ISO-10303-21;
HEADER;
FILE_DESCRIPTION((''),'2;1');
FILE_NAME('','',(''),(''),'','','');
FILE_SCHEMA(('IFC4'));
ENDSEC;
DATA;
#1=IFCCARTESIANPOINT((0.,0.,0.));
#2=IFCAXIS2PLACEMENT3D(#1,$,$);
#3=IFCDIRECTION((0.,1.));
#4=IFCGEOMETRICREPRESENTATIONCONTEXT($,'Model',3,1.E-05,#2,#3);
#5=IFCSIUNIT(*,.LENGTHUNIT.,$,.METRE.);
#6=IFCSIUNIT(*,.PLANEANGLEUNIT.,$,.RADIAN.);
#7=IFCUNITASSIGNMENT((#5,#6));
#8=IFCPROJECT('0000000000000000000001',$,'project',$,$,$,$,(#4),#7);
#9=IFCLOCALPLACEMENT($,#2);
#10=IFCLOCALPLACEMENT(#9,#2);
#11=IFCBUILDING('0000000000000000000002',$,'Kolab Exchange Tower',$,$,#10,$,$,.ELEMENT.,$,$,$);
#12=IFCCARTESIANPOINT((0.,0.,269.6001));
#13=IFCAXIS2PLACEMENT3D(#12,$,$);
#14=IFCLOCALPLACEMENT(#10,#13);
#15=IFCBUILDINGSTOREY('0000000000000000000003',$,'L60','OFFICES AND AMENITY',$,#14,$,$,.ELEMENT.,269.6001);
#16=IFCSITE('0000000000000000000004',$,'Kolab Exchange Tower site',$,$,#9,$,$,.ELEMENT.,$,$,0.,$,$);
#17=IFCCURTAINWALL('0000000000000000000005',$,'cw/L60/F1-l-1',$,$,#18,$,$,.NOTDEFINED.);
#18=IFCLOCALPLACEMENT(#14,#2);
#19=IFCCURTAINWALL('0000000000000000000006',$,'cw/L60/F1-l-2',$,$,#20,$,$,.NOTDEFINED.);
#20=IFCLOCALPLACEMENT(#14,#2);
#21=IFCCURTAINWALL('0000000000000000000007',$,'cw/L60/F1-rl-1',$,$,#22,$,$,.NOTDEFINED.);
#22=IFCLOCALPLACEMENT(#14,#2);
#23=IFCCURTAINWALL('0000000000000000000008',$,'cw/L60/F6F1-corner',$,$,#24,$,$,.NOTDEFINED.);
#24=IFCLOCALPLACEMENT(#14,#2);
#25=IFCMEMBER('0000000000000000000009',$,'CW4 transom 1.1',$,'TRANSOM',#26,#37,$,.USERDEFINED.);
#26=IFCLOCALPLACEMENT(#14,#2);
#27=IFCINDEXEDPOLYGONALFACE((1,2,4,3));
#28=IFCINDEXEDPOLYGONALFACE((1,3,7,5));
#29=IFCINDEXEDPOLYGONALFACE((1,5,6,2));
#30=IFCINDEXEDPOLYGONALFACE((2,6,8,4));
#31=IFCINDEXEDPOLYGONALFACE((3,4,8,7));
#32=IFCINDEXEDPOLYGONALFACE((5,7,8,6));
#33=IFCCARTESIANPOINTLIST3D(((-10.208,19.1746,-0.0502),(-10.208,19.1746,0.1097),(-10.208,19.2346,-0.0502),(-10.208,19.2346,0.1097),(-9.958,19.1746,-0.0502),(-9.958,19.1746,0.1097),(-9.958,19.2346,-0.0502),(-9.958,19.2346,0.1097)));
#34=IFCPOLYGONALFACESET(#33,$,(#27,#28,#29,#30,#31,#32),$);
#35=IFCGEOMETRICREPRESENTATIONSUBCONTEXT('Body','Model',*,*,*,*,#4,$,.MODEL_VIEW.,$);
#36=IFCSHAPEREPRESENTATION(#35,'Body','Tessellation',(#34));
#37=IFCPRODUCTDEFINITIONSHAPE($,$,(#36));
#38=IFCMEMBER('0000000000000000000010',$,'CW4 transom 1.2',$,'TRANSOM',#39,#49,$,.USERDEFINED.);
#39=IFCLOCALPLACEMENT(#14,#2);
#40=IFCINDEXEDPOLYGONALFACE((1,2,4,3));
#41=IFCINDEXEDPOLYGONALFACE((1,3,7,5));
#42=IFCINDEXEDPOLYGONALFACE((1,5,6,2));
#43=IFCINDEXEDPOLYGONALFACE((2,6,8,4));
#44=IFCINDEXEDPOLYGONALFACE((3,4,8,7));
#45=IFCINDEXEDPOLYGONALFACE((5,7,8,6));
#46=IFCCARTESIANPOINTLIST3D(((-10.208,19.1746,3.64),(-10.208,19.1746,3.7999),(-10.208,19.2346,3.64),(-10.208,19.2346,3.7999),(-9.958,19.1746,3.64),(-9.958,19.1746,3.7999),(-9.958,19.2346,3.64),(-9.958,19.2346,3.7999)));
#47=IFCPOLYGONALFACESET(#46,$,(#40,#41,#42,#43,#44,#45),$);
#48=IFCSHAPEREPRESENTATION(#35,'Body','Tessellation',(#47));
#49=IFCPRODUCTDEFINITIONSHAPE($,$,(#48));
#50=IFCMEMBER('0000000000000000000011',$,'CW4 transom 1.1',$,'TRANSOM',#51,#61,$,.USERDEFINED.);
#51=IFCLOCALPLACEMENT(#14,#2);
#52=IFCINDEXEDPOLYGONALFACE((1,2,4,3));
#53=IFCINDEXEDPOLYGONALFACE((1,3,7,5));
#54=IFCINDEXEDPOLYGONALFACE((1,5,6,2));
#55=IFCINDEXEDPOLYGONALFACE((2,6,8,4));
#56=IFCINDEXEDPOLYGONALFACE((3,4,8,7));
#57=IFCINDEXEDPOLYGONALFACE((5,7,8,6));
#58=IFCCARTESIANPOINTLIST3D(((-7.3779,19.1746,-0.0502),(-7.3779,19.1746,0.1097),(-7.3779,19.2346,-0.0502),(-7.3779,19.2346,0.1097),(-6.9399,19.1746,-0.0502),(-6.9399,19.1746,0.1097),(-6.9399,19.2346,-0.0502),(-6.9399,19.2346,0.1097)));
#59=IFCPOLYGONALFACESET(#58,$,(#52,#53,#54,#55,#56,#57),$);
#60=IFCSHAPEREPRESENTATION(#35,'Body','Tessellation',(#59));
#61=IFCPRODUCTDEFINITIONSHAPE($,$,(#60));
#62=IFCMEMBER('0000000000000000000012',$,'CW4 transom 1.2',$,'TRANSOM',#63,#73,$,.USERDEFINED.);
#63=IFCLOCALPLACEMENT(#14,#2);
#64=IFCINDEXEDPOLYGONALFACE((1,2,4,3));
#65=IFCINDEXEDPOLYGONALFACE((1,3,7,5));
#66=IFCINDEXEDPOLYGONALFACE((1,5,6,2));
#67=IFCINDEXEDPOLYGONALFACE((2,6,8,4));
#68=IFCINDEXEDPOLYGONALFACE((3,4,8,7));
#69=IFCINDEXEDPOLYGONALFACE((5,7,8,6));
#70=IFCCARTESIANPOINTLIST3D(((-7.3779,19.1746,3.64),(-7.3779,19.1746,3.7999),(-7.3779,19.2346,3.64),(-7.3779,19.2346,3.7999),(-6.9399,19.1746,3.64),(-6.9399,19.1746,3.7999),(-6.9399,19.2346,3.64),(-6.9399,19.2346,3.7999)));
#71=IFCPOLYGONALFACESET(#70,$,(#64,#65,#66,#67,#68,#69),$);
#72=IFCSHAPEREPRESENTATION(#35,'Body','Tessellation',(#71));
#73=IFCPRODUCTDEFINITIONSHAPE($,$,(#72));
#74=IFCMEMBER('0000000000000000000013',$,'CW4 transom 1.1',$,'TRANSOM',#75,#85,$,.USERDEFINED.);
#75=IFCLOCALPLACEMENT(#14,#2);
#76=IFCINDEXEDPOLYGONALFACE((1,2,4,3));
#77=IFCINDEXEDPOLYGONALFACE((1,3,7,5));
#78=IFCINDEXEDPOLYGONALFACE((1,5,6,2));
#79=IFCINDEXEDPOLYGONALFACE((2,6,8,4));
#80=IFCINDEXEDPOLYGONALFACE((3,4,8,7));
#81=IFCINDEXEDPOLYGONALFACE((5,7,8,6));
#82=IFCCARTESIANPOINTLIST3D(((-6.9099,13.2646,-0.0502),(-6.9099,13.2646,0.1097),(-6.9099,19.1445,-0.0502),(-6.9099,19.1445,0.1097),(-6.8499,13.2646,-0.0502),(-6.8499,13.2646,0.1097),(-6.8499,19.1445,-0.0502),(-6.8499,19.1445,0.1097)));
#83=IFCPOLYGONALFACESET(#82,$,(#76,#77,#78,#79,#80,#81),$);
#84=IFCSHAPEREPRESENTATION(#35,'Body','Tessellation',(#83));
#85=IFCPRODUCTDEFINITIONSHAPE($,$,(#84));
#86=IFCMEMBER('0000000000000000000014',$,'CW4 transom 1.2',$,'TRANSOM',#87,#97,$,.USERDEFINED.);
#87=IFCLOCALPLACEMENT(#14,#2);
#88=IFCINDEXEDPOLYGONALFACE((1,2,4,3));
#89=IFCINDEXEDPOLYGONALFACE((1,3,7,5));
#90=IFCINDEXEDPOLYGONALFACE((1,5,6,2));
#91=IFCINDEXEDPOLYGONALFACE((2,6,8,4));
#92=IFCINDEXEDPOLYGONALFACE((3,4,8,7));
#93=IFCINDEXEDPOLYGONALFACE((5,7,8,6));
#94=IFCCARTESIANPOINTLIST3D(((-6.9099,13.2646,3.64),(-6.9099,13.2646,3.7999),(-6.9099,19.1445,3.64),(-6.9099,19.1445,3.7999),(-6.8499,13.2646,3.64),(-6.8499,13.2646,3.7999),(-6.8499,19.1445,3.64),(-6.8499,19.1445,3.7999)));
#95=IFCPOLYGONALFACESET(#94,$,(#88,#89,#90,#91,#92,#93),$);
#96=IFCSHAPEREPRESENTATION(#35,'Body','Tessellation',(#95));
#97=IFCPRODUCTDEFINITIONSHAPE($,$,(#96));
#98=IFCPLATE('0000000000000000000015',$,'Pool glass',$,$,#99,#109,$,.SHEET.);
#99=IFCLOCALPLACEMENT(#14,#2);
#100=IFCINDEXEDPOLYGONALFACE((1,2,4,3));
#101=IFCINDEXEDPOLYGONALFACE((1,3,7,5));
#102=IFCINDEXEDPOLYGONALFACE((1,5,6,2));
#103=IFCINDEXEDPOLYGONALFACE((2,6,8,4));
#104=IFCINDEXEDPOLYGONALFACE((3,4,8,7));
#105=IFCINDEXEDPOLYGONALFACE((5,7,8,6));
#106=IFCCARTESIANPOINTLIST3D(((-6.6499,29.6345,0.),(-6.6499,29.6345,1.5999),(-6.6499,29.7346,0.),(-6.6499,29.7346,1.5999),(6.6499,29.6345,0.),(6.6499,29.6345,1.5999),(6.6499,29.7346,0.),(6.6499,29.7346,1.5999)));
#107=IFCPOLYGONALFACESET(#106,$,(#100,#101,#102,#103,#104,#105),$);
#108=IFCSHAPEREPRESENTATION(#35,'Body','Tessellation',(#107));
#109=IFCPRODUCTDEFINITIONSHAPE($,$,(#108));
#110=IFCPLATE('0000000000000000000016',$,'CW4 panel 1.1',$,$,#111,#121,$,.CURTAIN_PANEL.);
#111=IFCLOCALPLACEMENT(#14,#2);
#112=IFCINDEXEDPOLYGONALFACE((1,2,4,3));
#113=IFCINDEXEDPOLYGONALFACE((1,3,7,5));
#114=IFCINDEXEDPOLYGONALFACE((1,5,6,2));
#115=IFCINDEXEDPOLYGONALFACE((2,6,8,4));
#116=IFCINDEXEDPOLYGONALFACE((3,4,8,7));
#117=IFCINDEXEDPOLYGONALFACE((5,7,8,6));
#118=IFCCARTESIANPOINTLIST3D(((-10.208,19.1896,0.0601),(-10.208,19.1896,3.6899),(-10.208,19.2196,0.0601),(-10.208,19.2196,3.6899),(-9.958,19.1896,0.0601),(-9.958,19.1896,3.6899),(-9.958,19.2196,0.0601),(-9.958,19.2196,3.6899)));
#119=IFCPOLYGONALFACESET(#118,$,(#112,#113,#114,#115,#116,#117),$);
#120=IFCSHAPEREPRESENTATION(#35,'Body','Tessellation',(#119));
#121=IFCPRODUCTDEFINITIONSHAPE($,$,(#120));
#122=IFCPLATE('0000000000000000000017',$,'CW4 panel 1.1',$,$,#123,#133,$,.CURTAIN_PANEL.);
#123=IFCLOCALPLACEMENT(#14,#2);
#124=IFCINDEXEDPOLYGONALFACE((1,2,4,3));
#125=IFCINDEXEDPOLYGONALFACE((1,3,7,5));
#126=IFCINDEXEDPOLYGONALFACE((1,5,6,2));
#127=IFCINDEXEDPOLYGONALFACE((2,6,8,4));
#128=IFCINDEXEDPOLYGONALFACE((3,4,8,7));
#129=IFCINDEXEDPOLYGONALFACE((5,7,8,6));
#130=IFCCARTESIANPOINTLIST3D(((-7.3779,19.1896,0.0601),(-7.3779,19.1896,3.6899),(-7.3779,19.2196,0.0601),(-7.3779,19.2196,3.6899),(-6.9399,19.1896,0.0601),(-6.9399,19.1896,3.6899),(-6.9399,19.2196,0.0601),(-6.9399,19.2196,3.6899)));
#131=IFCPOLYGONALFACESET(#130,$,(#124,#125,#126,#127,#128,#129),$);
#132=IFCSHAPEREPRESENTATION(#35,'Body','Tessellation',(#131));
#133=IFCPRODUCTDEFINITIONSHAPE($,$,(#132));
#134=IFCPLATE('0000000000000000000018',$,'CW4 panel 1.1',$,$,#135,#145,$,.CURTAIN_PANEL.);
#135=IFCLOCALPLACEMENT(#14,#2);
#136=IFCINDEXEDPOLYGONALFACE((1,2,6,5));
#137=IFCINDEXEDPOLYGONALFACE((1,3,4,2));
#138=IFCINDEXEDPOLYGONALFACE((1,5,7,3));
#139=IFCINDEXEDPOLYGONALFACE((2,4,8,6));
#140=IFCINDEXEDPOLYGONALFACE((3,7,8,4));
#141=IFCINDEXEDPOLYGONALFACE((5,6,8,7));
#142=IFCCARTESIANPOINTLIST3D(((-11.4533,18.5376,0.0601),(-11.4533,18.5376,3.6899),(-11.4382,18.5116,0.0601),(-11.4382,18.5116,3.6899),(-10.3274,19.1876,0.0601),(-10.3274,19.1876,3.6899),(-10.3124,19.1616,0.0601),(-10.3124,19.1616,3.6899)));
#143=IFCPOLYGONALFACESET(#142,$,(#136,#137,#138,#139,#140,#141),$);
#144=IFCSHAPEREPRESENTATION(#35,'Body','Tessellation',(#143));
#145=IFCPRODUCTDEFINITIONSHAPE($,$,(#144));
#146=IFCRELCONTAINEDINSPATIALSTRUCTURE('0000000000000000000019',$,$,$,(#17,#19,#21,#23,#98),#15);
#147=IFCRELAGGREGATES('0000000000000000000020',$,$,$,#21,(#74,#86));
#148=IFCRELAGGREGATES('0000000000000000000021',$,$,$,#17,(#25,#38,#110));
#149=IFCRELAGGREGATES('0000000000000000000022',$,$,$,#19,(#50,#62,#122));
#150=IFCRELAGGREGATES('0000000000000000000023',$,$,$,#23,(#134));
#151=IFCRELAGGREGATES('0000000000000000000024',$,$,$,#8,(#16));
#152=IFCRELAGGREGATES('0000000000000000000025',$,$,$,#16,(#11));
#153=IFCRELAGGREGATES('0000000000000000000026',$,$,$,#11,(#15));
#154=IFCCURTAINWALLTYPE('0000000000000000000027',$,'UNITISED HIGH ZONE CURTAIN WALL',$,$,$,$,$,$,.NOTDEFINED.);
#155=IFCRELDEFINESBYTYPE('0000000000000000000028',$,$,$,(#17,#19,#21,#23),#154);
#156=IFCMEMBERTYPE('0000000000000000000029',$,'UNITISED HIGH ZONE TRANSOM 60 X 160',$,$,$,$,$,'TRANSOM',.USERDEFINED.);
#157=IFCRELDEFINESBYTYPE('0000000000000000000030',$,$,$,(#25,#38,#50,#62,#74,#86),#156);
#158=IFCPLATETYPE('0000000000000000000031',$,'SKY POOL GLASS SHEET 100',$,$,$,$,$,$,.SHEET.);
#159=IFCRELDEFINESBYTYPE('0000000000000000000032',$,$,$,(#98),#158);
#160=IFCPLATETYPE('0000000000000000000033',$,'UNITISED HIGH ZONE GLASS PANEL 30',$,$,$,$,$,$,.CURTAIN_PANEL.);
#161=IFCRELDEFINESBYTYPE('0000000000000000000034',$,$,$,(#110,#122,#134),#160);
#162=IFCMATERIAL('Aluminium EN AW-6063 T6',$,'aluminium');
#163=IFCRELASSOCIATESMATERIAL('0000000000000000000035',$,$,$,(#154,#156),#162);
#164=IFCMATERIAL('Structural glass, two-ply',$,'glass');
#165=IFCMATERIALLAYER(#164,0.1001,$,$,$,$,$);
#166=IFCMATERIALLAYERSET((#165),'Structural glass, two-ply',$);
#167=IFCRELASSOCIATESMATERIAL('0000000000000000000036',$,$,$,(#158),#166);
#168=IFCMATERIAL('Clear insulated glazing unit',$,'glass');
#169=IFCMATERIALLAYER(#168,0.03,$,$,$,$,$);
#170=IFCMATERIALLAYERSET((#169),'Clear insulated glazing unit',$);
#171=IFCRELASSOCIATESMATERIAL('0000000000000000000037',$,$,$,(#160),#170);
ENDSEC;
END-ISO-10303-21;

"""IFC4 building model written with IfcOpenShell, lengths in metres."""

from ifc_helpers import new_model, si_unit, direction, frame, origin, origin_2d, place, context, subcontext, project, spatial, polyline, rectangle, outline, extrude, material, layer, layer_set, material_profile, profile_set, type_object, element, aggregate, save


model = new_model("IFC4")

# Units and contexts
model_context = context("Model", 3, precision=1e-05, world=origin(), true_north=direction((0.0, 1.0)))
body_context = subcontext(model_context, "Body", "Model", "MODEL_VIEW")
ifc_project = project(units=[si_unit("LENGTHUNIT", "METRE"), si_unit("PLANEANGLEUNIT", "RADIAN")], contexts=[model_context])

# Site, building, storey
site_placement = place(None, origin())
site = spatial("IfcSite", under=ifc_project, at=site_placement, Name="Kolab Exchange Tower site", CompositionType="ELEMENT", RefElevation=0.0)
building_placement = place(site_placement, origin())
building = spatial("IfcBuilding", under=site, at=building_placement, Name="Kolab Exchange Tower", CompositionType="ELEMENT")
storey_placement = place(building_placement, frame((0.0, 0.0, 269.6001)))
storey = spatial("IfcBuildingStorey", under=building, at=storey_placement, Name="L60", Description="OFFICES AND AMENITY", CompositionType="ELEMENT", Elevation=269.6001)

# Curtain walls
ifc_material_1 = material(Name="Aluminium EN AW-6063 T6", Category="aluminium")
curtain_wall_type = type_object("IfcCurtainWallType", Name="UNITISED HIGH ZONE CURTAIN WALL", PredefinedType="NOTDEFINED", material=ifc_material_1)
curtain_wall_1_placement = place(storey_placement, origin())
curtain_wall_1 = element("IfcCurtainWall", 1, at=curtain_wall_1_placement, inside=storey, type_object=curtain_wall_type, Name="cw/L60/F1-l-1", PredefinedType="NOTDEFINED")
curtain_wall_2_placement = place(storey_placement, origin())
curtain_wall_2 = element("IfcCurtainWall", 2, at=curtain_wall_2_placement, inside=storey, type_object=curtain_wall_type, Name="cw/L60/F1-l-2", PredefinedType="NOTDEFINED")

# Curtain walls
curtain_wall_3_placement = place(storey_placement, origin())
curtain_wall_3 = element("IfcCurtainWall", 3, at=curtain_wall_3_placement, inside=storey, type_object=curtain_wall_type, Name="cw/L60/F1-rl-1", PredefinedType="NOTDEFINED")
curtain_wall_4_placement = place(storey_placement, origin())
curtain_wall_4 = element("IfcCurtainWall", 4, at=curtain_wall_4_placement, inside=storey, type_object=curtain_wall_type, Name="cw/L60/F6F1-corner", PredefinedType="NOTDEFINED")

# Members
ifc_material_profile_1 = material_profile(ifc_material_1, rectangle(XDim=0.0601, YDim=0.1599, at=origin_2d()), Name="RECT 60X160")
ifc_profile_set_1 = profile_set([ifc_material_profile_1], Name="Aluminium EN AW-6063 T6")
member_type_1 = type_object("IfcMemberType", Name="UNITISED HIGH ZONE TRANSOM 60 X 160", ElementType="TRANSOM", PredefinedType="USERDEFINED", material=ifc_profile_set_1)
member_1_placement = place(storey_placement, frame((-10.208, 19.2046, 0.0298), z_axis=(1.0, 0.0, 0.0), x_axis=(0.0, 1.0, 0.0)))
member_1 = element("IfcMember", 5, at=member_1_placement, type_object=member_type_1, Name="CW4 transom 1.1", ObjectType="TRANSOM", PredefinedType="USERDEFINED", context=body_context, shape_type="SweptSolid", body=[
    extrude(rectangle(XDim=0.0601, YDim=0.1599, at=origin_2d()), origin(), (0.0, 0.0, 1.0), 0.25),
])
member_2_placement = place(storey_placement, frame((-10.208, 19.2046, 3.72), z_axis=(1.0, 0.0, 0.0), x_axis=(0.0, 1.0, 0.0)))
member_2 = element("IfcMember", 6, at=member_2_placement, type_object=member_type_1, Name="CW4 transom 1.2", ObjectType="TRANSOM", PredefinedType="USERDEFINED", context=body_context, shape_type="SweptSolid", body=[
    extrude(rectangle(XDim=0.0601, YDim=0.1599, at=origin_2d()), origin(), (0.0, 0.0, 1.0), 0.25),
])
member_3_placement = place(storey_placement, frame((-7.3779, 19.2046, 0.0298), z_axis=(1.0, 0.0, 0.0), x_axis=(0.0, 1.0, 0.0)))
member_3 = element("IfcMember", 7, at=member_3_placement, type_object=member_type_1, Name="CW4 transom 1.1", ObjectType="TRANSOM", PredefinedType="USERDEFINED", context=body_context, shape_type="SweptSolid", body=[
    extrude(rectangle(XDim=0.0601, YDim=0.1599, at=origin_2d()), origin(), (0.0, 0.0, 1.0), 0.438),
])
member_4_placement = place(storey_placement, frame((-7.3779, 19.2046, 3.72), z_axis=(1.0, 0.0, 0.0), x_axis=(0.0, 1.0, 0.0)))
member_4 = element("IfcMember", 8, at=member_4_placement, type_object=member_type_1, Name="CW4 transom 1.2", ObjectType="TRANSOM", PredefinedType="USERDEFINED", context=body_context, shape_type="SweptSolid", body=[
    extrude(rectangle(XDim=0.0601, YDim=0.1599, at=origin_2d()), origin(), (0.0, 0.0, 1.0), 0.438),
])
member_5_placement = place(storey_placement, frame((-6.8799, 19.1445, 0.0298), z_axis=(0.0, -1.0, 0.0), x_axis=(1.0, 0.0, 0.0)))
member_5 = element("IfcMember", 9, at=member_5_placement, type_object=member_type_1, Name="CW4 transom 1.1", ObjectType="TRANSOM", PredefinedType="USERDEFINED", context=body_context, shape_type="SweptSolid", body=[
    extrude(rectangle(XDim=0.0601, YDim=0.1599, at=origin_2d()), origin(), (0.0, 0.0, 1.0), 5.8799),
])
member_6_placement = place(storey_placement, frame((-6.8799, 19.1445, 3.72), z_axis=(0.0, -1.0, 0.0), x_axis=(1.0, 0.0, 0.0)))
member_6 = element("IfcMember", 10, at=member_6_placement, type_object=member_type_1, Name="CW4 transom 1.2", ObjectType="TRANSOM", PredefinedType="USERDEFINED", context=body_context, shape_type="SweptSolid", body=[
    extrude(rectangle(XDim=0.0601, YDim=0.1599, at=origin_2d()), origin(), (0.0, 0.0, 1.0), 5.8799),
])
aggregate(curtain_wall_3, [member_5, member_6])

# Plates
ifc_material_2 = material(Name="Structural glass, two-ply", Category="glass")
ifc_layer_1 = layer(ifc_material_2, 0.1001)
ifc_layer_set_1 = layer_set([ifc_layer_1], Name="Structural glass, two-ply")
plate_type_1 = type_object("IfcPlateType", Name="SKY POOL GLASS SHEET 100", PredefinedType="SHEET", material=ifc_layer_set_1)
plate_1_placement = place(storey_placement, frame((-6.6499, 29.6345, 0.0), z_axis=(0.0, -1.0, 0.0), x_axis=(1.0, 0.0, 0.0)))
element("IfcPlate", 11, at=plate_1_placement, inside=storey, type_object=plate_type_1, Name="Pool glass", PredefinedType="SHEET", context=body_context, shape_type="SweptSolid", body=[
    extrude(outline(polyline([(0.0, 0.0), (13.2998, 0.0), (13.2998, 1.5999), (0.0, 1.5999), (0.0, 0.0)])), origin(), (0.0, 0.0, -1.0), 0.1001),
])
ifc_material_3 = material(Name="Clear insulated glazing unit", Category="glass")
ifc_layer_2 = layer(ifc_material_3, 0.03)
ifc_layer_set_2 = layer_set([ifc_layer_2], Name="Clear insulated glazing unit")
plate_type_2 = type_object("IfcPlateType", Name="UNITISED HIGH ZONE GLASS PANEL 30", PredefinedType="CURTAIN_PANEL", material=ifc_layer_set_2)
plate_2_placement = place(storey_placement, frame((-10.083, 19.2046, 0.0601), z_axis=(0.0, 0.0, 1.0), x_axis=(1.0, 0.0, 0.0)))
plate_2 = element("IfcPlate", 12, at=plate_2_placement, type_object=plate_type_2, Name="CW4 panel 1.1", PredefinedType="CURTAIN_PANEL", context=body_context, shape_type="SweptSolid", body=[
    extrude(rectangle(XDim=0.25, YDim=0.03, at=origin_2d()), origin(), (0.0, 0.0, 1.0), 3.6299),
])
aggregate(curtain_wall_1, [member_1, member_2, plate_2])
plate_3_placement = place(storey_placement, frame((-7.1589, 19.2046, 0.0601), z_axis=(0.0, 0.0, 1.0), x_axis=(1.0, 0.0, 0.0)))
plate_3 = element("IfcPlate", 13, at=plate_3_placement, type_object=plate_type_2, Name="CW4 panel 1.1", PredefinedType="CURTAIN_PANEL", context=body_context, shape_type="SweptSolid", body=[
    extrude(rectangle(XDim=0.438, YDim=0.03, at=origin_2d()), origin(), (0.0, 0.0, 1.0), 3.6299),
])
aggregate(curtain_wall_2, [member_3, member_4, plate_3])
plate_4_placement = place(storey_placement, frame((-10.8828, 18.8496, 0.0601), z_axis=(0.0, 0.0, 1.0), x_axis=(0.866025, 0.5, 0.0)))
plate_4 = element("IfcPlate", 14, at=plate_4_placement, type_object=plate_type_2, Name="CW4 panel 1.1", PredefinedType="CURTAIN_PANEL", context=body_context, shape_type="SweptSolid", body=[
    extrude(rectangle(XDim=1.3, YDim=0.03, at=origin_2d()), origin(), (0.0, 0.0, 1.0), 3.6299),
])
aggregate(curtain_wall_4, [plate_4])

save(model, "model.ifc")
